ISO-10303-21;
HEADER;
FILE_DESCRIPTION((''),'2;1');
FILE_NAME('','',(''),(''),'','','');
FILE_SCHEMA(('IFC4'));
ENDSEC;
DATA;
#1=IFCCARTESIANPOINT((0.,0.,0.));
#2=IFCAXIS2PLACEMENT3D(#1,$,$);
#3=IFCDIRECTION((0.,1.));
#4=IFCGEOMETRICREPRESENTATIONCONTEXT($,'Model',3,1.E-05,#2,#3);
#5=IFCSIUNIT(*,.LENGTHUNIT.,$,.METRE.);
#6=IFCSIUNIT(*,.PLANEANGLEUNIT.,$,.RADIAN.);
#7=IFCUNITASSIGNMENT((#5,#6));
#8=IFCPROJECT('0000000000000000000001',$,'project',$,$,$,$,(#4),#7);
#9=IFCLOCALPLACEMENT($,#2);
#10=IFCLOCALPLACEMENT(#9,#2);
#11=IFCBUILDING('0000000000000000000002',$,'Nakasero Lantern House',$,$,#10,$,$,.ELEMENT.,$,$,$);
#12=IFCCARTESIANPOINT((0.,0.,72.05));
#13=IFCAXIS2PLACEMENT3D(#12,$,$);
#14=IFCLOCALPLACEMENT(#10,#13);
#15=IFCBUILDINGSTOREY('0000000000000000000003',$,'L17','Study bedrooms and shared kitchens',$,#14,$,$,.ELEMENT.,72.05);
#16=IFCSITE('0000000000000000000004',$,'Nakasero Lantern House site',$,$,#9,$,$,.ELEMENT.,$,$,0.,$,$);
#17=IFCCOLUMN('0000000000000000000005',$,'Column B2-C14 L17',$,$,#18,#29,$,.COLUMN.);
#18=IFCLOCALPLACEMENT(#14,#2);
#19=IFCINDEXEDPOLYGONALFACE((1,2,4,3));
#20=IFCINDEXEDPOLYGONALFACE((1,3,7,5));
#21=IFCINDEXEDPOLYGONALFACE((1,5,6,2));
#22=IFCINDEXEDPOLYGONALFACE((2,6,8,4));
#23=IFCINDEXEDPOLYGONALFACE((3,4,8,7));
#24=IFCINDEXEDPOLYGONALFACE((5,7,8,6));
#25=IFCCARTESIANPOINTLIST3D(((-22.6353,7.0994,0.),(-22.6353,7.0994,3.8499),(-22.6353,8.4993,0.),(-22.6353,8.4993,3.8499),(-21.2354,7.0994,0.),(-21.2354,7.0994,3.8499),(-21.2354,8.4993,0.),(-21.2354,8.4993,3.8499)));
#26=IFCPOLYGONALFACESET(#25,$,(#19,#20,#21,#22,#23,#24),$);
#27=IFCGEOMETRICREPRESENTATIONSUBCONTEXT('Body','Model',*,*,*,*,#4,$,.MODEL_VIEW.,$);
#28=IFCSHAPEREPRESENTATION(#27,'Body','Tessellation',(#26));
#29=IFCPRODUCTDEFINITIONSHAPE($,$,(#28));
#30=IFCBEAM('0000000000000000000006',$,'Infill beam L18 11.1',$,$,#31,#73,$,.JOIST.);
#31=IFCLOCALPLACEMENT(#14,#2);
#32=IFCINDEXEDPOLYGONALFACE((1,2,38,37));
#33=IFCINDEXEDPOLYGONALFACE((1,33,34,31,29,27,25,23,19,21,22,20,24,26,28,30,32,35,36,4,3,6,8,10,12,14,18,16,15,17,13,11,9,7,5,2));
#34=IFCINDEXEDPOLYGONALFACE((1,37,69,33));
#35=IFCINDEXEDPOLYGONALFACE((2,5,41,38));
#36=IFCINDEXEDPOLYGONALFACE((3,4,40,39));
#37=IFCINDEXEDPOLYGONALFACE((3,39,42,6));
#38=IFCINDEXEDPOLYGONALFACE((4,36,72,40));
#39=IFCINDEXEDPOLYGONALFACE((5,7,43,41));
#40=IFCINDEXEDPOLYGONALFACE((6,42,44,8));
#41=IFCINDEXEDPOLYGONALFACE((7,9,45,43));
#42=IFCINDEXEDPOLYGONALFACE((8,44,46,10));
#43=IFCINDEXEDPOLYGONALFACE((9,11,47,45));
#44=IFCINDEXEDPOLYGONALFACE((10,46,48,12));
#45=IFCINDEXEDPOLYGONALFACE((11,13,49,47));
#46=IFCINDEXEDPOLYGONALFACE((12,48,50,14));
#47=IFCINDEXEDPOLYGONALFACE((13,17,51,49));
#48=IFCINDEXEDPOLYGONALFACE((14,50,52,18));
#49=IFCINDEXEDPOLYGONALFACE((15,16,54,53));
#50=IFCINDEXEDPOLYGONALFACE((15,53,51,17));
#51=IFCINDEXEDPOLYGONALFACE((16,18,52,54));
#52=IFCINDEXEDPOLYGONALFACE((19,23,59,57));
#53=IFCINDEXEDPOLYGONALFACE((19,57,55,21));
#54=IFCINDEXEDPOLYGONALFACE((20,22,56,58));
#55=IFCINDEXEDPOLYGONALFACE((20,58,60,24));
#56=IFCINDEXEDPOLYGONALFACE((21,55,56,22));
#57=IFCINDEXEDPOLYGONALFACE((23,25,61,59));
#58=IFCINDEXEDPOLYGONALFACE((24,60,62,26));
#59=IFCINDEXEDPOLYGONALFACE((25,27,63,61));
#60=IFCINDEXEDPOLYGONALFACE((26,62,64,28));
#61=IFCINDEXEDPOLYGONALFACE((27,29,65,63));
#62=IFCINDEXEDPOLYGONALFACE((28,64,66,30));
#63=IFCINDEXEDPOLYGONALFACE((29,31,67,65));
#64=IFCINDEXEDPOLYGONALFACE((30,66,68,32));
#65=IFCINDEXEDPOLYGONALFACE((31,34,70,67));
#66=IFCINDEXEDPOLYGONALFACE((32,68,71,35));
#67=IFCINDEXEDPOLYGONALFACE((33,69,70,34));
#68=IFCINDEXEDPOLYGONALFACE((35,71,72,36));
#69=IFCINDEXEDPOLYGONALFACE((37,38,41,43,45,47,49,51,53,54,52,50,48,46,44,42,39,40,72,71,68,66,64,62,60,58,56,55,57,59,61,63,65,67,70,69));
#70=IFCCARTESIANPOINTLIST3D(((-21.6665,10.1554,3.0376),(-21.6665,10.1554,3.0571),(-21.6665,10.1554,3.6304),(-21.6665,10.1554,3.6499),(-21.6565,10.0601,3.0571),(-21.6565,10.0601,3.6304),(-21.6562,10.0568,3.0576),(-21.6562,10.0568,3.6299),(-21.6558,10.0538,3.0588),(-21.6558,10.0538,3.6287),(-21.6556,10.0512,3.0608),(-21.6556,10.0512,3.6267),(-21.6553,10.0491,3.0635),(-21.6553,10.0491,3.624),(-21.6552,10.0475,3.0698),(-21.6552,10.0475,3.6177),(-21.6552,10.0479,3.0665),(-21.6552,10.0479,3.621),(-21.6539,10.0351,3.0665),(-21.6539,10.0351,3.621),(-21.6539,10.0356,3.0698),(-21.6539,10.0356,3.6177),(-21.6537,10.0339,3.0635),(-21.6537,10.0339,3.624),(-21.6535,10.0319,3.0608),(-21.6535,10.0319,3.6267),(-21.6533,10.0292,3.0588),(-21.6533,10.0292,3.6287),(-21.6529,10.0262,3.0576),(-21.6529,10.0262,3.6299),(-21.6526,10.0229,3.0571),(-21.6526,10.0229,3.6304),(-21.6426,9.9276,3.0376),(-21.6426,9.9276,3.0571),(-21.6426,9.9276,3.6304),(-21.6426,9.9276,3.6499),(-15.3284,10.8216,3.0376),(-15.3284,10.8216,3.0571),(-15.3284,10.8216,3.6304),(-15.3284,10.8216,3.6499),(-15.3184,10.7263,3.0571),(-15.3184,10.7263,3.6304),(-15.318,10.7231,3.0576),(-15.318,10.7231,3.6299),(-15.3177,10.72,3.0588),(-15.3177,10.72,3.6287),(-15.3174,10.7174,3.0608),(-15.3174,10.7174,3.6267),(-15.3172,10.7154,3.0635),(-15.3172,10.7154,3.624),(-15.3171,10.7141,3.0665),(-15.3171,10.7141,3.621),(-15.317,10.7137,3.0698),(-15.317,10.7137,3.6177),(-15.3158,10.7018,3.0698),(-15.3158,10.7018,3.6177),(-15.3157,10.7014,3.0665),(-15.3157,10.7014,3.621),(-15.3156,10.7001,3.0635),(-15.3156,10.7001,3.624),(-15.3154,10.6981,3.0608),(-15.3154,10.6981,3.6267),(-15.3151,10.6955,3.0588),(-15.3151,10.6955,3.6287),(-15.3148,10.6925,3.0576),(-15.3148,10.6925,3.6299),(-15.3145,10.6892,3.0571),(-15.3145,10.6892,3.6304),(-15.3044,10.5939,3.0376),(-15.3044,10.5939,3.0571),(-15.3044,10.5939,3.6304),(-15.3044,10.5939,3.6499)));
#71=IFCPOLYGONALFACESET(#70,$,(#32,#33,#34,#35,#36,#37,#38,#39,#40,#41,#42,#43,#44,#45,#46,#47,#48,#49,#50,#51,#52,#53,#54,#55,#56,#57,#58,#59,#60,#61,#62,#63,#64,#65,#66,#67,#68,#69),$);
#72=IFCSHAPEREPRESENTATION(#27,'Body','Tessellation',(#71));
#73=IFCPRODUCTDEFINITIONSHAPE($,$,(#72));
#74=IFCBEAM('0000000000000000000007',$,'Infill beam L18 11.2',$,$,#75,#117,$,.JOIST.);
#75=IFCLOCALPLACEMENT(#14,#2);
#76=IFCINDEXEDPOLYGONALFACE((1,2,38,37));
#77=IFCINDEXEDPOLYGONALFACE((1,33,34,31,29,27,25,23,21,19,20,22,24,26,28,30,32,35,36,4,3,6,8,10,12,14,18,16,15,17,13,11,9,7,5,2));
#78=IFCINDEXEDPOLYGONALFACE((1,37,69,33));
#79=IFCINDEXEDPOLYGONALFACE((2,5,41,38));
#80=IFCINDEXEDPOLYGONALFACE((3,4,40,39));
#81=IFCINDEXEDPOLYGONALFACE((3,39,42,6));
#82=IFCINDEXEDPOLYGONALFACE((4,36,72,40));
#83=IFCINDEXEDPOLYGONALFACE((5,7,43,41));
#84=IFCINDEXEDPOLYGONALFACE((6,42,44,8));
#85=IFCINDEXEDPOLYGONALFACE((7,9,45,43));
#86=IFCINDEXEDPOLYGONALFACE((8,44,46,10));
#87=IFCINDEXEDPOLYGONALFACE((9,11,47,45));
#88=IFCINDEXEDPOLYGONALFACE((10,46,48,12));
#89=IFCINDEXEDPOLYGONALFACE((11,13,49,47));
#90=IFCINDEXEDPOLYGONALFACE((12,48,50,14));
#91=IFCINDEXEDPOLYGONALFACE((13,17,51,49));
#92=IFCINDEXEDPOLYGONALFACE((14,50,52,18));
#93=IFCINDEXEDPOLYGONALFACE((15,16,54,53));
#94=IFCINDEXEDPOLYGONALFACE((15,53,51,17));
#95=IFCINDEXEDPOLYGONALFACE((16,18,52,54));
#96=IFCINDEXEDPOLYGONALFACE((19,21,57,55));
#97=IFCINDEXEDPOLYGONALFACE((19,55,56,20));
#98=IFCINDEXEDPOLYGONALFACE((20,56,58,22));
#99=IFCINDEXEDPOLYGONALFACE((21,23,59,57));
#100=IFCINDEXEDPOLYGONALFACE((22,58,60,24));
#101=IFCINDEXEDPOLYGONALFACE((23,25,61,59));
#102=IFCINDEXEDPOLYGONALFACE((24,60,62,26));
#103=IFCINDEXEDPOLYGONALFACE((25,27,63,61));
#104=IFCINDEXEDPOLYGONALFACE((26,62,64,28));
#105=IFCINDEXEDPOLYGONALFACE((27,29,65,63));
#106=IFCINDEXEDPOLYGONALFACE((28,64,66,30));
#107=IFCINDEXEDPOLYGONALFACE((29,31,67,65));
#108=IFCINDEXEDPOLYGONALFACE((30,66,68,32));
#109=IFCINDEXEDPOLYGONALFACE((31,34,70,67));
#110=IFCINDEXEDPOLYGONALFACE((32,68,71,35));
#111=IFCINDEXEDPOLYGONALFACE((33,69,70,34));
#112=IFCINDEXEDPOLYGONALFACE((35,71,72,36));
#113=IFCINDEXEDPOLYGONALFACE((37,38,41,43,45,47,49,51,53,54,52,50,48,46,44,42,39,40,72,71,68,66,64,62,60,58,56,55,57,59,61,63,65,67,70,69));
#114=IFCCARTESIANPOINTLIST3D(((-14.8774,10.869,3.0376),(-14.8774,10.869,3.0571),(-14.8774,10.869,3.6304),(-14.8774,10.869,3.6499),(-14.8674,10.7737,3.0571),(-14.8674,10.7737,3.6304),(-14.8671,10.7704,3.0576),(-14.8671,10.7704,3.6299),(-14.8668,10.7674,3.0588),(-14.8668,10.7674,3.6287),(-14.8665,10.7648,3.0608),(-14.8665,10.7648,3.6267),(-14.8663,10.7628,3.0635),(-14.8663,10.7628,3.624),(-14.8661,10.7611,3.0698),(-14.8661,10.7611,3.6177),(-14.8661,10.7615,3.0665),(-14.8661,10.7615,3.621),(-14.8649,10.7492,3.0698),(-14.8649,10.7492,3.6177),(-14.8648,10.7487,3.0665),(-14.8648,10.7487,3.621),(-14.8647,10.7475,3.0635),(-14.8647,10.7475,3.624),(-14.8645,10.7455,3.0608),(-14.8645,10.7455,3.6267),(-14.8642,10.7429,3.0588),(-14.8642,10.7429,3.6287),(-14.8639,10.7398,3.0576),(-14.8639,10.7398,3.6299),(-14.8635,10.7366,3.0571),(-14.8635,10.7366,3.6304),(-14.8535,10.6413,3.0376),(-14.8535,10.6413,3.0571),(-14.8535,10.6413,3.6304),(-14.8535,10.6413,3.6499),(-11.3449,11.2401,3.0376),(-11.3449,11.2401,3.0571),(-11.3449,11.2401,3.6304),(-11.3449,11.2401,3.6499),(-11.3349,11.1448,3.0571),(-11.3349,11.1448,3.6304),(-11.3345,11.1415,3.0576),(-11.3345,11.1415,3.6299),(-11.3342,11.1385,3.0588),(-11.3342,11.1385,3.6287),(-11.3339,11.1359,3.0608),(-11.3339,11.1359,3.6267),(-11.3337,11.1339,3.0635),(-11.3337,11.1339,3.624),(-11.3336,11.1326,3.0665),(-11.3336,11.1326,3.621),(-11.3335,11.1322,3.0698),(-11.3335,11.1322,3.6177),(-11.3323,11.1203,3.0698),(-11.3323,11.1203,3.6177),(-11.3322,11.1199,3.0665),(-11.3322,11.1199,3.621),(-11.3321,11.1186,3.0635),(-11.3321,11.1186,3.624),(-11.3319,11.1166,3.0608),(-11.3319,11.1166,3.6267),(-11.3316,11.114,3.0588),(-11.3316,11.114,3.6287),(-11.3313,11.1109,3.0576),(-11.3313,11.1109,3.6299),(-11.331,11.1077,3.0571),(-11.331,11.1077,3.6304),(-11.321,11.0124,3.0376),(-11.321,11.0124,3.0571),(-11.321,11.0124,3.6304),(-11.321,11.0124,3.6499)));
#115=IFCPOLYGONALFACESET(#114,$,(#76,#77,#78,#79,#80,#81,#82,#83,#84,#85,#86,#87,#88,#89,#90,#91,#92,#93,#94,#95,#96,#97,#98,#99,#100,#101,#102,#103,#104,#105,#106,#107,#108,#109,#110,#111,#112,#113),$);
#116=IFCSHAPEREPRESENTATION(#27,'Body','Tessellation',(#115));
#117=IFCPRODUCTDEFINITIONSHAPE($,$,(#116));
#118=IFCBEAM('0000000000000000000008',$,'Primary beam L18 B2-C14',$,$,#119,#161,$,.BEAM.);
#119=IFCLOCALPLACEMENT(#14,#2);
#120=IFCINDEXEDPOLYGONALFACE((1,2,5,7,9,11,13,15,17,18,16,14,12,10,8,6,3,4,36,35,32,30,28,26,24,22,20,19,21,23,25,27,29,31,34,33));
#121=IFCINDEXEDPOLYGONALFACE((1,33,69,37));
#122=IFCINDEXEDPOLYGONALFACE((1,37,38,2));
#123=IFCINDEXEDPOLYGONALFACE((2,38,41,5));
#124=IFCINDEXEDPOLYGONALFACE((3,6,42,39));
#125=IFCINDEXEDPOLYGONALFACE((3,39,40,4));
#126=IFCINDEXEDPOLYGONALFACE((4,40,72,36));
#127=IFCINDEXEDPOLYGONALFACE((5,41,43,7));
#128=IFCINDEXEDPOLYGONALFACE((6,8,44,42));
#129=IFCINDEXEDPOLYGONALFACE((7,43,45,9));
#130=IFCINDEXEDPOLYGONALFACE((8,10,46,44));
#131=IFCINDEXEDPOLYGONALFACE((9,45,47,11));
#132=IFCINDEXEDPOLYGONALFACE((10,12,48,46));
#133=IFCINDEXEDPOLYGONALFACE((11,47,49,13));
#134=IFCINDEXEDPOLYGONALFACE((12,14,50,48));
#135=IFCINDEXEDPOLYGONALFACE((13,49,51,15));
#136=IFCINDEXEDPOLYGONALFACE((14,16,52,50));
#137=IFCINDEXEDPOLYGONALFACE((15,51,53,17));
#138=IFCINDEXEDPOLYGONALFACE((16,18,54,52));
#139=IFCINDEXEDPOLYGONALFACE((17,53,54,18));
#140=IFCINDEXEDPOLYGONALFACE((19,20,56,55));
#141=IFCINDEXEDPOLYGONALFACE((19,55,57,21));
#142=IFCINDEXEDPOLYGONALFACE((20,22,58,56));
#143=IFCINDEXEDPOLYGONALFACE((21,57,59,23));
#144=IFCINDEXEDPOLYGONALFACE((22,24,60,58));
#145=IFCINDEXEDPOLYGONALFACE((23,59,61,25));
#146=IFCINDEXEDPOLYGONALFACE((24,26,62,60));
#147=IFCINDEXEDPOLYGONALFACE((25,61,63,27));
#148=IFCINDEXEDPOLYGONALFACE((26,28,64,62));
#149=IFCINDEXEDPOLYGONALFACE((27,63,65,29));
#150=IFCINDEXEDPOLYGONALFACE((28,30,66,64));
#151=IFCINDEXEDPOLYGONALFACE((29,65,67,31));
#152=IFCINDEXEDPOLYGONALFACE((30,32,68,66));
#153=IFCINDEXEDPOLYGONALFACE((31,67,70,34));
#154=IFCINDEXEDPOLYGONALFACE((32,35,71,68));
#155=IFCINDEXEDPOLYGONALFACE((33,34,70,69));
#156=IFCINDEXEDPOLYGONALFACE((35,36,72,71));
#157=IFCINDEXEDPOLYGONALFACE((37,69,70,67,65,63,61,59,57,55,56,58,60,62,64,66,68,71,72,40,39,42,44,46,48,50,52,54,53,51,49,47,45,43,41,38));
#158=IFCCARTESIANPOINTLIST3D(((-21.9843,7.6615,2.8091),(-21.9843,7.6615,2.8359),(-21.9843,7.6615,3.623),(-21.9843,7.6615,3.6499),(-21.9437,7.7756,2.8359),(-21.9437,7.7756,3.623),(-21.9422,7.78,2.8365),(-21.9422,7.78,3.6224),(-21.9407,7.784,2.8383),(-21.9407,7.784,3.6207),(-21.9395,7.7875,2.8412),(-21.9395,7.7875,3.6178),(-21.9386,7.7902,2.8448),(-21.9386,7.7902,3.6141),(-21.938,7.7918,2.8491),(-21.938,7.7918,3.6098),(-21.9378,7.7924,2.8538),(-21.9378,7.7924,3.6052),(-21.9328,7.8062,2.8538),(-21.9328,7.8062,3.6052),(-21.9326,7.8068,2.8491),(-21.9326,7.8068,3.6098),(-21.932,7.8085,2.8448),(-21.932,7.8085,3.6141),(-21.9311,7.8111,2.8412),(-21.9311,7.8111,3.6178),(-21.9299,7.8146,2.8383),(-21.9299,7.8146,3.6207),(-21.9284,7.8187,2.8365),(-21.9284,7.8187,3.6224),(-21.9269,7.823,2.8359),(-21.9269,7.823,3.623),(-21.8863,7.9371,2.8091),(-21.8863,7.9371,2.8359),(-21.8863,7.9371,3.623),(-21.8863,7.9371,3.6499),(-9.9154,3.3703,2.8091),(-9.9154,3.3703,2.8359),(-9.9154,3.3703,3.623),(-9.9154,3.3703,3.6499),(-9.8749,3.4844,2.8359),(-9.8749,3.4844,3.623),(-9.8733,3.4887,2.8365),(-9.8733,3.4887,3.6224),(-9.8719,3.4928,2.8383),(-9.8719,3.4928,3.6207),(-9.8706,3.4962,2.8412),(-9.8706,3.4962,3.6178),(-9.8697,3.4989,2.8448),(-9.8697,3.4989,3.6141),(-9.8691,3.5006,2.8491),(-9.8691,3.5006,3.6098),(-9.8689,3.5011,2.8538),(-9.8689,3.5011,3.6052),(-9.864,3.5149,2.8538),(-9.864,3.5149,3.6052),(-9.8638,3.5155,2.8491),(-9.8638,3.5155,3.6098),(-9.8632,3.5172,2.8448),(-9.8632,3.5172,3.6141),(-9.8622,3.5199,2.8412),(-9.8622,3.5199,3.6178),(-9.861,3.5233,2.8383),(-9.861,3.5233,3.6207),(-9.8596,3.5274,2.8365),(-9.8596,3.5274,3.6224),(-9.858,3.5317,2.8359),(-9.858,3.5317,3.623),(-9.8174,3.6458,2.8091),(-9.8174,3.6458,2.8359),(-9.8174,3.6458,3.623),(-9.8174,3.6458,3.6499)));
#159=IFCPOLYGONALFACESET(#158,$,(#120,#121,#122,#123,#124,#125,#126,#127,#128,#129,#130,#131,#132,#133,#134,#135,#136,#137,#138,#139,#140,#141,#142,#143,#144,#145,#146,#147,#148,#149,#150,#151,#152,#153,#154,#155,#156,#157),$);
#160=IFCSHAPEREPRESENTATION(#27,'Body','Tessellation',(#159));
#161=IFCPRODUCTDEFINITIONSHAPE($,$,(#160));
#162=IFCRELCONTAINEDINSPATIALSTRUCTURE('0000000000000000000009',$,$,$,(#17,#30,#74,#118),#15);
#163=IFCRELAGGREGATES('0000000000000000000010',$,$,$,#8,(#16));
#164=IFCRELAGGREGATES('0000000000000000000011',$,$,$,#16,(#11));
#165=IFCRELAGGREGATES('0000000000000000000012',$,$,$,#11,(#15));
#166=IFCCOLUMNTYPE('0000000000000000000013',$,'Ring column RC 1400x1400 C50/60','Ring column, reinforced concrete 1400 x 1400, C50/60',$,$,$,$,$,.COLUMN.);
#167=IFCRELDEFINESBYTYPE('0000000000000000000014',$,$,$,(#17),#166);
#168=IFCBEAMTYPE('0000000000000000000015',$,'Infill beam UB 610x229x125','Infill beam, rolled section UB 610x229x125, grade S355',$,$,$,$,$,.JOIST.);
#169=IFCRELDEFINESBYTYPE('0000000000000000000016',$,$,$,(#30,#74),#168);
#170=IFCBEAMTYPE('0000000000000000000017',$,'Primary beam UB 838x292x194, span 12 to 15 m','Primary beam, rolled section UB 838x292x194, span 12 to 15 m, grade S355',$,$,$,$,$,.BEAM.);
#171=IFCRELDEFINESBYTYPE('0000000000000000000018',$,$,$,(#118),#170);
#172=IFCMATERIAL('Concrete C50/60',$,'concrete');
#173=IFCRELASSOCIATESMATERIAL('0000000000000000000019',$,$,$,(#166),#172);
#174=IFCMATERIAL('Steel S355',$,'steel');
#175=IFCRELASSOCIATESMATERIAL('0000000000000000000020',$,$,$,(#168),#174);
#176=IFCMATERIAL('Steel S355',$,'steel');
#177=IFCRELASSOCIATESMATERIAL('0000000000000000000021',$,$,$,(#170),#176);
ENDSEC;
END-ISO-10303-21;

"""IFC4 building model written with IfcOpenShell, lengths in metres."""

from ifc_helpers import new_model, si_unit, direction, frame, origin, origin_2d, place, context, subcontext, project, spatial, rectangle, i_section, extrude, material, material_profile, profile_set, type_object, element, save


model = new_model("IFC4")

# Units and contexts
model_context = context("Model", 3, precision=1e-05, world=origin(), true_north=direction((0.0, 1.0)))
body_context = subcontext(model_context, "Body", "Model", "MODEL_VIEW")
ifc_project = project(units=[si_unit("LENGTHUNIT", "METRE"), si_unit("PLANEANGLEUNIT", "RADIAN")], contexts=[model_context])

# Site, building, storey
site_placement = place(None, origin())
site = spatial("IfcSite", under=ifc_project, at=site_placement, Name="Nakasero Lantern House site", CompositionType="ELEMENT", RefElevation=0.0)
building_placement = place(site_placement, origin())
building = spatial("IfcBuilding", under=site, at=building_placement, Name="Nakasero Lantern House", CompositionType="ELEMENT")
storey_placement = place(building_placement, frame((0.0, 0.0, 72.05)))
storey = spatial("IfcBuildingStorey", under=building, at=storey_placement, Name="L17", Description="Study bedrooms and shared kitchens", CompositionType="ELEMENT", Elevation=72.05)

# Column
ifc_material_1 = material(Name="Concrete C50/60", Category="concrete")
ifc_material_profile_1 = material_profile(ifc_material_1, rectangle(XDim=1.3999, YDim=1.3999, at=origin_2d()), Name="RC 1400x1400")
ifc_profile_set_1 = profile_set([ifc_material_profile_1], Name="Concrete C50/60")
column_type = type_object("IfcColumnType", Name="Ring column RC 1400x1400 C50/60", Description="Ring column, reinforced concrete 1400 x 1400, C50/60", PredefinedType="COLUMN", material=ifc_profile_set_1)
column_placement = place(storey_placement, frame((-21.9353, 7.7993, 0.0), z_axis=(0.0, 0.0, 1.0), x_axis=(1.0, 0.0, 0.0)))
element("IfcColumn", 1, at=column_placement, inside=storey, type_object=column_type, Name="Column B2-C14 L17", PredefinedType="COLUMN", context=body_context, shape_type="SweptSolid", body=[
    extrude(rectangle(XDim=1.3999, YDim=1.3999, at=origin_2d()), origin(), (0.0, 0.0, 1.0), 3.8499),
])

# Beams
ifc_material_2 = material(Name="Steel S355", Category="steel")
ifc_material_profile_2 = material_profile(ifc_material_2, i_section(OverallWidth=0.229, OverallDepth=0.6123, WebThickness=0.012, FlangeThickness=0.0195, FilletRadius=0.0127, at=origin_2d()), Name="UB 610x229x125")
ifc_profile_set_2 = profile_set([ifc_material_profile_2], Name="Steel S355")
beam_type_1 = type_object("IfcBeamType", Name="Infill beam UB 610x229x125", Description="Infill beam, rolled section UB 610x229x125, grade S355", PredefinedType="JOIST", material=ifc_profile_set_2)
beam_1_placement = place(storey_placement, frame((-21.6545, 10.0415, 3.3438), z_axis=(0.99452, 0.104543, 0.0), x_axis=(-0.104543, 0.99452, 0.0)))
element("IfcBeam", 2, at=beam_1_placement, inside=storey, type_object=beam_type_1, Name="Infill beam L18 11.1", PredefinedType="JOIST", context=body_context, shape_type="SweptSolid", body=[
    extrude(i_section(OverallWidth=0.229, OverallDepth=0.6123, WebThickness=0.012, FlangeThickness=0.0195, FilletRadius=0.0127, at=origin_2d()), origin(), (0.0, 0.0, 1.0), 6.373),
])
beam_2_placement = place(storey_placement, frame((-14.8655, 10.7551, 3.3438), z_axis=(0.994527, 0.104477, 0.0), x_axis=(-0.104477, 0.994527, 0.0)))
element("IfcBeam", 3, at=beam_2_placement, inside=storey, type_object=beam_type_1, Name="Infill beam L18 11.2", PredefinedType="JOIST", context=body_context, shape_type="SweptSolid", body=[
    extrude(i_section(OverallWidth=0.229, OverallDepth=0.6123, WebThickness=0.012, FlangeThickness=0.0195, FilletRadius=0.0127, at=origin_2d()), origin(), (0.0, 0.0, 1.0), 3.552),
])
ifc_material_3 = material(Name="Steel S355", Category="steel")
ifc_material_profile_3 = material_profile(ifc_material_3, i_section(OverallWidth=0.2925, OverallDepth=0.8408, WebThickness=0.0146, FlangeThickness=0.0269, FilletRadius=0.0178, at=origin_2d()), Name="UB 838x292x194")
ifc_profile_set_3 = profile_set([ifc_material_profile_3], Name="Steel S355")
beam_type_2 = type_object("IfcBeamType", Name="Primary beam UB 838x292x194, span 12 to 15 m", Description="Primary beam, rolled section UB 838x292x194, span 12 to 15 m, grade S355", PredefinedType="BEAM", material=ifc_profile_set_3)
beam_3_placement = place(storey_placement, frame((-21.9353, 7.7993, 3.2295), z_axis=(0.942212, -0.335018, 0.0), x_axis=(0.335018, 0.942212, 0.0)))
element("IfcBeam", 4, at=beam_3_placement, inside=storey, type_object=beam_type_2, Name="Primary beam L18 B2-C14", PredefinedType="BEAM", context=body_context, shape_type="SweptSolid", body=[
    extrude(i_section(OverallWidth=0.2925, OverallDepth=0.8408, WebThickness=0.0146, FlangeThickness=0.0269, FilletRadius=0.0178, at=origin_2d()), origin(), (0.0, 0.0, 1.0), 12.8091),
])

save(model, "model.ifc")
